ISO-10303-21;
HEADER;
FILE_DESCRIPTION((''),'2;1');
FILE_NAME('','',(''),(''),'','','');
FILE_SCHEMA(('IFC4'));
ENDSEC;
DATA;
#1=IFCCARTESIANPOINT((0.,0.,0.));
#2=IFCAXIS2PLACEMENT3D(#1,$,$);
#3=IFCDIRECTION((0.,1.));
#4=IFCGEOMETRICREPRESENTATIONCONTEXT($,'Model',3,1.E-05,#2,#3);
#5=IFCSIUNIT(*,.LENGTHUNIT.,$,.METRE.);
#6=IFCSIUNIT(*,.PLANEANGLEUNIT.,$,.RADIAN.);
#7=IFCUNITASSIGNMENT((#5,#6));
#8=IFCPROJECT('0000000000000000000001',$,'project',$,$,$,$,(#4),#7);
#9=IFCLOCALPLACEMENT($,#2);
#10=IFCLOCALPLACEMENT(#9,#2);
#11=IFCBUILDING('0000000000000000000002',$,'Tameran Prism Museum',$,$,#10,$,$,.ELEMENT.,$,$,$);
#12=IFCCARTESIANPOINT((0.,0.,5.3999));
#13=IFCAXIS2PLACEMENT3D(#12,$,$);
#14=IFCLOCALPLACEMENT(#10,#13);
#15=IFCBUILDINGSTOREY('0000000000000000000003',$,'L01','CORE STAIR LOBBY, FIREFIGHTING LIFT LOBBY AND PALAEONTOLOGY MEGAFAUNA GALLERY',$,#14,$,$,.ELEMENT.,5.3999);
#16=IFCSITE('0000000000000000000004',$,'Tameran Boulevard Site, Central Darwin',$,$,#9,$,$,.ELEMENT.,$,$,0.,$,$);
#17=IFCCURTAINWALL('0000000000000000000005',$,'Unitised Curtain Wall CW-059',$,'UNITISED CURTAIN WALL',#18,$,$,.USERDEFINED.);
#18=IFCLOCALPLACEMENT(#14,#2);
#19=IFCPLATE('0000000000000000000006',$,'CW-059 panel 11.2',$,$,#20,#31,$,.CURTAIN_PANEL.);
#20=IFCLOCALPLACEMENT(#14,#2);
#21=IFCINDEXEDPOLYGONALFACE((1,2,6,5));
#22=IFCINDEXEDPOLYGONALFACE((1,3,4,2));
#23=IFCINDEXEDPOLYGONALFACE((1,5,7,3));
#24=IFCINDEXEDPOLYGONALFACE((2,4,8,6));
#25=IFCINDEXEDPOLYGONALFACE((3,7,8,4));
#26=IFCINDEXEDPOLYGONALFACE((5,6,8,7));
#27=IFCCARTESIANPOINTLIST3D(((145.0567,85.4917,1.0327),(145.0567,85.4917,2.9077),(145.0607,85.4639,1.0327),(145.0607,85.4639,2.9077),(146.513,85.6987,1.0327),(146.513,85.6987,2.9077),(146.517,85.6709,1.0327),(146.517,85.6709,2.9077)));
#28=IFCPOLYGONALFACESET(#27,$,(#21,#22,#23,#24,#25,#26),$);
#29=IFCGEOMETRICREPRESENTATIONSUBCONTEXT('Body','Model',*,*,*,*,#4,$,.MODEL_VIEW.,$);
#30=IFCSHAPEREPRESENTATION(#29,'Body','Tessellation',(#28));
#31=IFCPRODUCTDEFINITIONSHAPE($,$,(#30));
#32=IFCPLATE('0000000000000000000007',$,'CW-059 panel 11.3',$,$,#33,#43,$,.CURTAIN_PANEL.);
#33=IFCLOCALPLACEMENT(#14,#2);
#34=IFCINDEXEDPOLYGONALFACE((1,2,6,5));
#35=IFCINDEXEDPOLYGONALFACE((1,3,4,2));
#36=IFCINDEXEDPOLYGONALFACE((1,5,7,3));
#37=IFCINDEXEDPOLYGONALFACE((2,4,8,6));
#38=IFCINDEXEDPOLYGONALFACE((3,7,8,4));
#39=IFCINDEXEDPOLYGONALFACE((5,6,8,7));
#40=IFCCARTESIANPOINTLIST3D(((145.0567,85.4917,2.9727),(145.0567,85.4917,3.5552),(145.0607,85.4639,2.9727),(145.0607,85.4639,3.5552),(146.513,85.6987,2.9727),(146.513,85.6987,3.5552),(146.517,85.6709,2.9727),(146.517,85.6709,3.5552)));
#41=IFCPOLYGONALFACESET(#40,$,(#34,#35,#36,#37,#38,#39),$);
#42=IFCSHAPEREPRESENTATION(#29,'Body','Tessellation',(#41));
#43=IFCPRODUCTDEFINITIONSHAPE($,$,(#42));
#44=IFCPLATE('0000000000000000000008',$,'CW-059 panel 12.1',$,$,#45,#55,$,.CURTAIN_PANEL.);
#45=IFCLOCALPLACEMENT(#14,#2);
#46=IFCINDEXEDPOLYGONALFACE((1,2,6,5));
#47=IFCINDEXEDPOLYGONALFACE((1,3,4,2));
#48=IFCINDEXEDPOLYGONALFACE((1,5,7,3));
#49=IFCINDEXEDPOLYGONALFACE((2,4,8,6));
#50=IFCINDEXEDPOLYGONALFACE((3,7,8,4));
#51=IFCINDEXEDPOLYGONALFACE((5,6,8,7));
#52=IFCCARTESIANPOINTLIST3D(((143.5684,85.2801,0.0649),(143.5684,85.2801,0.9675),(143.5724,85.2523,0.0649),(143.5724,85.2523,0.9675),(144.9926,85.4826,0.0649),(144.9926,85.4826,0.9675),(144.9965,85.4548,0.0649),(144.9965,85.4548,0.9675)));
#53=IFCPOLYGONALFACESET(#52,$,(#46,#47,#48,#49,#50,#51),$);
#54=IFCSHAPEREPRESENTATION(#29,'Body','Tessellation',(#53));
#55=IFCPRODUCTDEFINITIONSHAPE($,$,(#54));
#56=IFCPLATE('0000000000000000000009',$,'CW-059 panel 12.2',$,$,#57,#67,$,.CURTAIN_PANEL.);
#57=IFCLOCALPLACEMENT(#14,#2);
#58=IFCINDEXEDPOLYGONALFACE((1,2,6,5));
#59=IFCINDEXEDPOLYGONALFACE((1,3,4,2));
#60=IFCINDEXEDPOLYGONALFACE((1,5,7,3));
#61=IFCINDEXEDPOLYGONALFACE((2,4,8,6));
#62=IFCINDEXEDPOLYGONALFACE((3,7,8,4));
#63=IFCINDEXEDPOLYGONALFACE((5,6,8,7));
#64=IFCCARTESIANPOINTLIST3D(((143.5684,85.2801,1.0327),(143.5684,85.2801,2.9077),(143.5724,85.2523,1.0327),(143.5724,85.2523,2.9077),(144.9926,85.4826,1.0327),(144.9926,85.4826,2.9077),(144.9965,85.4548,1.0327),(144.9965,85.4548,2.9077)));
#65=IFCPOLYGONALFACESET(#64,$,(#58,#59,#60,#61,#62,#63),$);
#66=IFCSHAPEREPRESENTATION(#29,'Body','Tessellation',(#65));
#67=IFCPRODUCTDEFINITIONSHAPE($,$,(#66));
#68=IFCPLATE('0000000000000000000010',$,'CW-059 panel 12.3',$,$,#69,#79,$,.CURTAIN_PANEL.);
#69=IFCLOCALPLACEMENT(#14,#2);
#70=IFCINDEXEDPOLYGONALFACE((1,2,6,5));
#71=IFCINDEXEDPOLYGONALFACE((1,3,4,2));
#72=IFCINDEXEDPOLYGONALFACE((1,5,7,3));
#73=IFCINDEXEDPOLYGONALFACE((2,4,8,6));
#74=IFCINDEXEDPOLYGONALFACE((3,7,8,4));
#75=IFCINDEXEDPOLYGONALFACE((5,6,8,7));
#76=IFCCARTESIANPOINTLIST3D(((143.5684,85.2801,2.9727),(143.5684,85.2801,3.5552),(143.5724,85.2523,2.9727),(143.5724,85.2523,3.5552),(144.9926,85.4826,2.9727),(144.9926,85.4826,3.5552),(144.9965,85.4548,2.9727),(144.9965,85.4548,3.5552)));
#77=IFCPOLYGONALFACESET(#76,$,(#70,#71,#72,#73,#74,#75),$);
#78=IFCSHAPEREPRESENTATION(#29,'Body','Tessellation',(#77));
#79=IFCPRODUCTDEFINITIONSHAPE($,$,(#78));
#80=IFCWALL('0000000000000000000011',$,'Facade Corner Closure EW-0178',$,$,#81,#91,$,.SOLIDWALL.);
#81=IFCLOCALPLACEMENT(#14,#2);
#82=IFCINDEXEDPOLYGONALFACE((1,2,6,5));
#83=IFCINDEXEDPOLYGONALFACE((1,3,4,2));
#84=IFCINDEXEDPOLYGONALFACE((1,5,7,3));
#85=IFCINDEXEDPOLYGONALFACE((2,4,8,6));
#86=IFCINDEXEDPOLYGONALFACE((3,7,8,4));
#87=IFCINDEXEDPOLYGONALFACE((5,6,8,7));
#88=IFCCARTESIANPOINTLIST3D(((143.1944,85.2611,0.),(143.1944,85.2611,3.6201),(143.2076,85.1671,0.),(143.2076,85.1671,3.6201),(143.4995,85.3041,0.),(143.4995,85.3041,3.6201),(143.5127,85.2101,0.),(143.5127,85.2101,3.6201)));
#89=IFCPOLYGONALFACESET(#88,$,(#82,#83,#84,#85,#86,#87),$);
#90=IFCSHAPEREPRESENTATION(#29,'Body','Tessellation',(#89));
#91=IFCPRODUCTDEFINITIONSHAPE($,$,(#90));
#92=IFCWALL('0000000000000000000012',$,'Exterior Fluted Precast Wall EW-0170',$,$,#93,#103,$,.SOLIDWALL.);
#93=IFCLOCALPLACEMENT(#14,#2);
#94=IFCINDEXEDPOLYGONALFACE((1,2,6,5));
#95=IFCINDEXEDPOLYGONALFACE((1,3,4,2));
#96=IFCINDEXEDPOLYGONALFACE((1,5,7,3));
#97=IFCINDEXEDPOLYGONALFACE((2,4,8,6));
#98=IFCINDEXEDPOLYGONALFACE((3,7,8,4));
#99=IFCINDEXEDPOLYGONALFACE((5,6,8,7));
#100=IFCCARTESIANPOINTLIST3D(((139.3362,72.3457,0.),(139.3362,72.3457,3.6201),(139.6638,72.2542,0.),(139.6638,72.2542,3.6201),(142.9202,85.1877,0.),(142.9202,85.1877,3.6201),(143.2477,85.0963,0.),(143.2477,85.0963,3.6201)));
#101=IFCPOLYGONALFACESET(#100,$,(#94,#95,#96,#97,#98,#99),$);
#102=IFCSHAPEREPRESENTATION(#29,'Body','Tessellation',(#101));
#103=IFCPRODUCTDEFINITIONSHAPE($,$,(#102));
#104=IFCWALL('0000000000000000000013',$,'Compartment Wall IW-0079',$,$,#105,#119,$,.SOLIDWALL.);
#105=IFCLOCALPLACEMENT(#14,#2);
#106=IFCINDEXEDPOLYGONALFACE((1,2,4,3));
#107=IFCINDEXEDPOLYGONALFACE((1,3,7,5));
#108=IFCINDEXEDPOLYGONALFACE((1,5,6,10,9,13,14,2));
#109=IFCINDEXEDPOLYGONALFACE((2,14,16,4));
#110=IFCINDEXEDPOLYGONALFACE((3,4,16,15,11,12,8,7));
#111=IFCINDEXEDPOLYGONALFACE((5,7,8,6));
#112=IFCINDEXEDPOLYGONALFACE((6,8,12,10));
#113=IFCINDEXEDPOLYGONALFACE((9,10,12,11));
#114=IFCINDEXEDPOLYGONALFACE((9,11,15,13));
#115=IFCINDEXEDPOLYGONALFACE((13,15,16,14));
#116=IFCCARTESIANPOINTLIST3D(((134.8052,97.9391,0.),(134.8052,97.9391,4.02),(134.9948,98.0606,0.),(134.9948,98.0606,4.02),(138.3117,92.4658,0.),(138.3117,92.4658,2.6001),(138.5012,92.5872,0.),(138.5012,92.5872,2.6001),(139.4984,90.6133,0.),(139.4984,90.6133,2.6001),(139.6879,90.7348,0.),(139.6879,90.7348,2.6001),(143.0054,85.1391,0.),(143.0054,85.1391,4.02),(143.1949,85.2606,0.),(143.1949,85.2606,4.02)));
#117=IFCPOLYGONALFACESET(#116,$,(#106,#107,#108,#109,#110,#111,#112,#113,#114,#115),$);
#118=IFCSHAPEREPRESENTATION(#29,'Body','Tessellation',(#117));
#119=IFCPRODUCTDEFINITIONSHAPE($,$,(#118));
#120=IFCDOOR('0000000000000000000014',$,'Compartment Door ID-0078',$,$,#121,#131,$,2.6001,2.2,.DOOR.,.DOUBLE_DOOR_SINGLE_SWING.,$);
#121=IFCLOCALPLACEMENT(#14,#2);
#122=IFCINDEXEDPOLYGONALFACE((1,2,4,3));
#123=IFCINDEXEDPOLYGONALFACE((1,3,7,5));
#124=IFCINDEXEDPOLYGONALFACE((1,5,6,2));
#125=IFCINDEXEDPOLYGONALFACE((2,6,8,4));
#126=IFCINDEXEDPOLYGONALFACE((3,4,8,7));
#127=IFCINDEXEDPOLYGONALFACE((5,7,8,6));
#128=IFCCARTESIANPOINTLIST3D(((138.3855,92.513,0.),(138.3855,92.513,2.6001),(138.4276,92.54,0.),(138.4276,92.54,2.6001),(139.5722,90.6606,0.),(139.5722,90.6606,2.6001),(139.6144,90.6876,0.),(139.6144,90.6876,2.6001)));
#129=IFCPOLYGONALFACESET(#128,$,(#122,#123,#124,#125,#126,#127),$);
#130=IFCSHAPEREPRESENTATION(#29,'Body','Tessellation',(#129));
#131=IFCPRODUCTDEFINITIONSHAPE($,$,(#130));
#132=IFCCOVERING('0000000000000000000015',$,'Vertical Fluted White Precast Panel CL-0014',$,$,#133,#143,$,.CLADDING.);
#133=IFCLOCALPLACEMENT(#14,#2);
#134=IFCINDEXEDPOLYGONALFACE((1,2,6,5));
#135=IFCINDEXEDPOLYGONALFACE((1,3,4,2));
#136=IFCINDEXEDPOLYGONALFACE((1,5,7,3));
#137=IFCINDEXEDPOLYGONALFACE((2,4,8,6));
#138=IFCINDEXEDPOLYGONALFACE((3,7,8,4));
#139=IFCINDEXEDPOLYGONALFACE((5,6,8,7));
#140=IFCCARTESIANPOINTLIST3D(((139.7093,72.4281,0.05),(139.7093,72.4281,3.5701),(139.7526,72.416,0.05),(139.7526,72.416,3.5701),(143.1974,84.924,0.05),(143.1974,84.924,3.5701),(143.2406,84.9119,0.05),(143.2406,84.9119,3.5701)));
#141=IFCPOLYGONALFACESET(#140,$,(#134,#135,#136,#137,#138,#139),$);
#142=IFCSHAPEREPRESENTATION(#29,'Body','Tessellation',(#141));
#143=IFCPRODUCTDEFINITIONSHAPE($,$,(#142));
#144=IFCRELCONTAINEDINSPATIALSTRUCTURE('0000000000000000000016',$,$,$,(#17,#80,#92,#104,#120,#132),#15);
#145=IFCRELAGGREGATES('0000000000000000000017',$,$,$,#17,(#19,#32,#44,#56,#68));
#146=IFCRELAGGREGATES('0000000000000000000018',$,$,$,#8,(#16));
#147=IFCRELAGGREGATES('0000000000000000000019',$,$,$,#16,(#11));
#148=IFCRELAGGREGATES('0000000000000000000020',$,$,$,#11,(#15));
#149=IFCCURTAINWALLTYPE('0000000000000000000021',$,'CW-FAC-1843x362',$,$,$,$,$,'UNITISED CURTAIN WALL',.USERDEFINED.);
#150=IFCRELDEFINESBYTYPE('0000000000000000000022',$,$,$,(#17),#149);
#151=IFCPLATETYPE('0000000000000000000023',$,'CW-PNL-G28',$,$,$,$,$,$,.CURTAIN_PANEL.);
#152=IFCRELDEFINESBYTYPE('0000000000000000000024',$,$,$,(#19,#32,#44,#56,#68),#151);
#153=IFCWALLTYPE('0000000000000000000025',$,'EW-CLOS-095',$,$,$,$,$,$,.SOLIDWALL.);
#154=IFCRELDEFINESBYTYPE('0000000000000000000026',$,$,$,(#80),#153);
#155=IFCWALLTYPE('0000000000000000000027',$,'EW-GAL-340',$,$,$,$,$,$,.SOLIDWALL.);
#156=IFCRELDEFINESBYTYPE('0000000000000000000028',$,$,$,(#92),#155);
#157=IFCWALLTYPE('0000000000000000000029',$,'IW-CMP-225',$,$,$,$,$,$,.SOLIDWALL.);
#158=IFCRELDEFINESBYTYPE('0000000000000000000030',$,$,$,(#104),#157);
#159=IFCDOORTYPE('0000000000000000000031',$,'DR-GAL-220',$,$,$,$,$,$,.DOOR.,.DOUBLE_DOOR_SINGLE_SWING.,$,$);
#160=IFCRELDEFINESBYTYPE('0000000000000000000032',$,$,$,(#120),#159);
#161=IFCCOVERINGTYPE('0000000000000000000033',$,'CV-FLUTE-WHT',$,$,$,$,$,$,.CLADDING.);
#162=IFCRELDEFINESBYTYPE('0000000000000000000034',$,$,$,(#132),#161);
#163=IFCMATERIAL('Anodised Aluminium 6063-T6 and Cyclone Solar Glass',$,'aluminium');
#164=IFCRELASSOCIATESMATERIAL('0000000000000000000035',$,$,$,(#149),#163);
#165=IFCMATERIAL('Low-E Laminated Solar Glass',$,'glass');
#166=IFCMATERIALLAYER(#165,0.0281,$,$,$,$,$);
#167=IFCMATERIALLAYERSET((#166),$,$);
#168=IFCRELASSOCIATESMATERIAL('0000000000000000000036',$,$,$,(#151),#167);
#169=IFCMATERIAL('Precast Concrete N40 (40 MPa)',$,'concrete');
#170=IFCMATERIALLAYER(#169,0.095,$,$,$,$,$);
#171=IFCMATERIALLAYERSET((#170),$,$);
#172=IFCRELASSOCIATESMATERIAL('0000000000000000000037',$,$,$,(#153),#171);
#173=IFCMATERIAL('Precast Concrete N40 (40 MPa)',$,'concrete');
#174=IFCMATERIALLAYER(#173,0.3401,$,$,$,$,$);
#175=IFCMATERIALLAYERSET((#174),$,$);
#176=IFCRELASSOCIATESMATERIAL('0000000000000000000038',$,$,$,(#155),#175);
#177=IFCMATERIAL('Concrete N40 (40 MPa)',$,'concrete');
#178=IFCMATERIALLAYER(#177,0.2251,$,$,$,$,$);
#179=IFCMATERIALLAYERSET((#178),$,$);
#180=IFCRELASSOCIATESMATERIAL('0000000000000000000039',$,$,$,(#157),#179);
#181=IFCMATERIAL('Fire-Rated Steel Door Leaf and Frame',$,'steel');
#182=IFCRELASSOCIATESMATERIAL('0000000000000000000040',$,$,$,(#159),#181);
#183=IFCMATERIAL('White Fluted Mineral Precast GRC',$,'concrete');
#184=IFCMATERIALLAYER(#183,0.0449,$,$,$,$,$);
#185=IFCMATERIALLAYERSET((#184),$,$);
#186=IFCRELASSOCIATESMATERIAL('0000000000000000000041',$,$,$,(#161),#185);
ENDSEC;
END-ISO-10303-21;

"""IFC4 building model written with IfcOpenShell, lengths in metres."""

from ifc_helpers import new_model, si_unit, direction, frame, frame_2d, origin, origin_2d, place, context, subcontext, project, spatial, rectangle, extrude, material, layer, layer_set, type_object, element, fill, aggregate, save


model = new_model("IFC4")

# Units and contexts
model_context = context("Model", 3, precision=1e-05, world=origin(), true_north=direction((0.0, 1.0)))
body_context = subcontext(model_context, "Body", "Model", "MODEL_VIEW")
ifc_project = project(units=[si_unit("LENGTHUNIT", "METRE"), si_unit("PLANEANGLEUNIT", "RADIAN")], contexts=[model_context])

# Site, building, storey
site_placement = place(None, origin())
site = spatial("IfcSite", under=ifc_project, at=site_placement, Name="Tameran Boulevard Site, Central Darwin", CompositionType="ELEMENT", RefElevation=0.0)
building_placement = place(site_placement, origin())
building = spatial("IfcBuilding", under=site, at=building_placement, Name="Tameran Prism Museum", CompositionType="ELEMENT")
storey_placement = place(building_placement, frame((0.0, 0.0, 5.3999)))
storey = spatial("IfcBuildingStorey", under=building, at=storey_placement, Name="L01", Description="CORE STAIR LOBBY, FIREFIGHTING LIFT LOBBY AND PALAEONTOLOGY MEGAFAUNA GALLERY", CompositionType="ELEMENT", Elevation=5.3999)

# Curtain wall
ifc_material_1 = material(Name="Anodised Aluminium 6063-T6 and Cyclone Solar Glass", Category="aluminium")
curtain_wall_type = type_object("IfcCurtainWallType", Name="CW-FAC-1843x362", ElementType="UNITISED CURTAIN WALL", PredefinedType="USERDEFINED", material=ifc_material_1)
curtain_wall_placement = place(storey_placement, origin())
curtain_wall = element("IfcCurtainWall", 1, at=curtain_wall_placement, inside=storey, type_object=curtain_wall_type, Name="Unitised Curtain Wall CW-059", ObjectType="UNITISED CURTAIN WALL", PredefinedType="USERDEFINED")

# Plates
ifc_material_2 = material(Name="Low-E Laminated Solar Glass", Category="glass")
ifc_layer_1 = layer(ifc_material_2, 0.0281)
ifc_layer_set_1 = layer_set([ifc_layer_1])
plate_type = type_object("IfcPlateType", Name="CW-PNL-G28", PredefinedType="CURTAIN_PANEL", material=ifc_layer_set_1)
plate_1_placement = place(storey_placement, frame((145.7869, 85.5813, 1.0327), z_axis=(0.0, 0.0, 1.0), x_axis=(-0.990046, -0.140745, 0.0)))
plate_1 = element("IfcPlate", 2, at=plate_1_placement, type_object=plate_type, Name="CW-059 panel 11.2", PredefinedType="CURTAIN_PANEL", context=body_context, shape_type="SweptSolid", body=[
    extrude(rectangle(XDim=1.4709, YDim=0.0281, at=origin_2d()), origin(), (0.0, 0.0, 1.0), 1.875),
])
plate_2_placement = place(storey_placement, frame((145.7869, 85.5813, 2.9727), z_axis=(0.0, 0.0, 1.0), x_axis=(-0.990046, -0.140745, 0.0)))
plate_2 = element("IfcPlate", 3, at=plate_2_placement, type_object=plate_type, Name="CW-059 panel 11.3", PredefinedType="CURTAIN_PANEL", context=body_context, shape_type="SweptSolid", body=[
    extrude(rectangle(XDim=1.4709, YDim=0.0281, at=origin_2d()), origin(), (0.0, 0.0, 1.0), 0.5825),
])
plate_3_placement = place(storey_placement, frame((144.2825, 85.3674, 0.0649), z_axis=(0.0, 0.0, 1.0), x_axis=(-0.990046, -0.140745, 0.0)))
plate_3 = element("IfcPlate", 4, at=plate_3_placement, type_object=plate_type, Name="CW-059 panel 12.1", PredefinedType="CURTAIN_PANEL", context=body_context, shape_type="SweptSolid", body=[
    extrude(rectangle(XDim=1.4385, YDim=0.0281, at=origin_2d()), origin(), (0.0, 0.0, 1.0), 0.9026),
])
plate_4_placement = place(storey_placement, frame((144.2825, 85.3674, 1.0327), z_axis=(0.0, 0.0, 1.0), x_axis=(-0.990046, -0.140745, 0.0)))
plate_4 = element("IfcPlate", 5, at=plate_4_placement, type_object=plate_type, Name="CW-059 panel 12.2", PredefinedType="CURTAIN_PANEL", context=body_context, shape_type="SweptSolid", body=[
    extrude(rectangle(XDim=1.4385, YDim=0.0281, at=origin_2d()), origin(), (0.0, 0.0, 1.0), 1.875),
])
plate_5_placement = place(storey_placement, frame((144.2825, 85.3674, 2.9727), z_axis=(0.0, 0.0, 1.0), x_axis=(-0.990046, -0.140745, 0.0)))
plate_5 = element("IfcPlate", 6, at=plate_5_placement, type_object=plate_type, Name="CW-059 panel 12.3", PredefinedType="CURTAIN_PANEL", context=body_context, shape_type="SweptSolid", body=[
    extrude(rectangle(XDim=1.4385, YDim=0.0281, at=origin_2d()), origin(), (0.0, 0.0, 1.0), 0.5825),
])
aggregate(curtain_wall, [plate_1, plate_2, plate_3, plate_4, plate_5])

# Walls
ifc_material_3 = material(Name="Precast Concrete N40 (40 MPa)", Category="concrete")
ifc_layer_2 = layer(ifc_material_3, 0.095)
ifc_layer_set_2 = layer_set([ifc_layer_2])
wall_type_1 = type_object("IfcWallType", Name="EW-CLOS-095", PredefinedType="SOLIDWALL", material=ifc_layer_set_2)
wall_1_placement = place(storey_placement, frame((143.5061, 85.2571, 0.0), z_axis=(0.0, 0.0, 1.0), x_axis=(-0.990233, -0.139425, 0.0)))
element("IfcWall", 7, at=wall_1_placement, inside=storey, type_object=wall_type_1, Name="Facade Corner Closure EW-0178", PredefinedType="SOLIDWALL", context=body_context, shape_type="SweptSolid", body=[
    extrude(rectangle(XDim=0.3081, YDim=0.095, at=frame_2d((0.1541, 0.0))), origin(), (0.0, 0.0, 1.0), 3.6201),
])
ifc_material_4 = material(Name="Precast Concrete N40 (40 MPa)", Category="concrete")
ifc_layer_3 = layer(ifc_material_4, 0.3401)
ifc_layer_set_3 = layer_set([ifc_layer_3])
wall_type_2 = type_object("IfcWallType", Name="EW-GAL-340", PredefinedType="SOLIDWALL", material=ifc_layer_set_3)
wall_2_placement = place(storey_placement, frame((143.084, 85.1421, 0.0), z_axis=(0.0, 0.0, 1.0), x_axis=(-0.26881, -0.963193, 0.0)))
element("IfcWall", 8, at=wall_2_placement, inside=storey, type_object=wall_type_2, Name="Exterior Fluted Precast Wall EW-0170", PredefinedType="SOLIDWALL", context=body_context, shape_type="SweptSolid", body=[
    extrude(rectangle(XDim=13.3328, YDim=0.3401, at=frame_2d((6.6665, 0.0))), origin(), (0.0, 0.0, 1.0), 3.6201),
])

# Wall, opening, door
ifc_material_5 = material(Name="Concrete N40 (40 MPa)", Category="concrete")
ifc_layer_4 = layer(ifc_material_5, 0.2251)
ifc_layer_set_4 = layer_set([ifc_layer_4])
wall_type_3 = type_object("IfcWallType", Name="IW-CMP-225", PredefinedType="SOLIDWALL", material=ifc_layer_set_4)
wall_3_placement = place(storey_placement, frame((143.1001, 85.2, 0.0), z_axis=(0.0, 0.0, 1.0), x_axis=(-0.539435, 0.842027, 0.0)))
wall_3 = element("IfcWall", 9, at=wall_3_placement, inside=storey, type_object=wall_type_3, Name="Compartment Wall IW-0079", PredefinedType="SOLIDWALL", context=body_context, shape_type="SweptSolid", body=[
    extrude(rectangle(XDim=15.2014, YDim=0.2251, at=frame_2d((7.6006, 0.0))), origin(), (0.0, 0.0, 1.0), 4.02),
])
opening_placement = place(wall_3_placement, frame((6.501, 0.0, 0.0)))
opening = element("IfcOpeningElement", 10, at=opening_placement, cuts=wall_3, PredefinedType="OPENING", context=body_context, shape_type="SweptSolid", body=[
    extrude(rectangle(XDim=2.2, YDim=2.6001, at=frame_2d((1.1001, 1.3))), frame((0.0, 0.1226, 0.0), z_axis=(0.0, -1.0, 0.0), x_axis=(1.0, 0.0, 0.0)), (0.0, 0.0, 1.0), 0.2451),
])
ifc_material_6 = material(Name="Fire-Rated Steel Door Leaf and Frame", Category="steel")
door_type = type_object("IfcDoorType", Name="DR-GAL-220", OperationType="DOUBLE_DOOR_SINGLE_SWING", PredefinedType="DOOR", material=ifc_material_6)
door_placement = place(opening_placement, origin())
door = element("IfcDoor", 11, at=door_placement, inside=storey, type_object=door_type, Name="Compartment Door ID-0078", OperationType="DOUBLE_DOOR_SINGLE_SWING", OverallHeight=2.6001, OverallWidth=2.2, PredefinedType="DOOR", context=body_context, shape_type="SweptSolid", body=[
    extrude(rectangle(XDim=2.2, YDim=2.6001, at=frame_2d((1.1001, 1.3))), frame((0.0, 0.0249, 0.0), z_axis=(0.0, -1.0, 0.0), x_axis=(1.0, 0.0, 0.0)), (0.0, 0.0, 1.0), 0.05),
])
fill(opening, door)

# Covering
ifc_material_7 = material(Name="White Fluted Mineral Precast GRC", Category="concrete")
ifc_layer_5 = layer(ifc_material_7, 0.0449)
ifc_layer_set_5 = layer_set([ifc_layer_5])
covering_type = type_object("IfcCoveringType", Name="CV-FLUTE-WHT", PredefinedType="CLADDING", material=ifc_layer_set_5)
covering_placement = place(storey_placement, frame((143.219, 84.918, 0.05), z_axis=(0.0, 0.0, 1.0), x_axis=(-0.268858, -0.96318, 0.0)))
element("IfcCovering", 12, at=covering_placement, inside=storey, type_object=covering_type, Name="Vertical Fluted White Precast Panel CL-0014", PredefinedType="CLADDING", context=body_context, shape_type="SweptSolid", body=[
    extrude(rectangle(XDim=12.9736, YDim=0.0449, at=frame_2d((6.4868, 0.0))), origin(), (0.0, 0.0, 1.0), 3.52),
])

save(model, "model.ifc")
